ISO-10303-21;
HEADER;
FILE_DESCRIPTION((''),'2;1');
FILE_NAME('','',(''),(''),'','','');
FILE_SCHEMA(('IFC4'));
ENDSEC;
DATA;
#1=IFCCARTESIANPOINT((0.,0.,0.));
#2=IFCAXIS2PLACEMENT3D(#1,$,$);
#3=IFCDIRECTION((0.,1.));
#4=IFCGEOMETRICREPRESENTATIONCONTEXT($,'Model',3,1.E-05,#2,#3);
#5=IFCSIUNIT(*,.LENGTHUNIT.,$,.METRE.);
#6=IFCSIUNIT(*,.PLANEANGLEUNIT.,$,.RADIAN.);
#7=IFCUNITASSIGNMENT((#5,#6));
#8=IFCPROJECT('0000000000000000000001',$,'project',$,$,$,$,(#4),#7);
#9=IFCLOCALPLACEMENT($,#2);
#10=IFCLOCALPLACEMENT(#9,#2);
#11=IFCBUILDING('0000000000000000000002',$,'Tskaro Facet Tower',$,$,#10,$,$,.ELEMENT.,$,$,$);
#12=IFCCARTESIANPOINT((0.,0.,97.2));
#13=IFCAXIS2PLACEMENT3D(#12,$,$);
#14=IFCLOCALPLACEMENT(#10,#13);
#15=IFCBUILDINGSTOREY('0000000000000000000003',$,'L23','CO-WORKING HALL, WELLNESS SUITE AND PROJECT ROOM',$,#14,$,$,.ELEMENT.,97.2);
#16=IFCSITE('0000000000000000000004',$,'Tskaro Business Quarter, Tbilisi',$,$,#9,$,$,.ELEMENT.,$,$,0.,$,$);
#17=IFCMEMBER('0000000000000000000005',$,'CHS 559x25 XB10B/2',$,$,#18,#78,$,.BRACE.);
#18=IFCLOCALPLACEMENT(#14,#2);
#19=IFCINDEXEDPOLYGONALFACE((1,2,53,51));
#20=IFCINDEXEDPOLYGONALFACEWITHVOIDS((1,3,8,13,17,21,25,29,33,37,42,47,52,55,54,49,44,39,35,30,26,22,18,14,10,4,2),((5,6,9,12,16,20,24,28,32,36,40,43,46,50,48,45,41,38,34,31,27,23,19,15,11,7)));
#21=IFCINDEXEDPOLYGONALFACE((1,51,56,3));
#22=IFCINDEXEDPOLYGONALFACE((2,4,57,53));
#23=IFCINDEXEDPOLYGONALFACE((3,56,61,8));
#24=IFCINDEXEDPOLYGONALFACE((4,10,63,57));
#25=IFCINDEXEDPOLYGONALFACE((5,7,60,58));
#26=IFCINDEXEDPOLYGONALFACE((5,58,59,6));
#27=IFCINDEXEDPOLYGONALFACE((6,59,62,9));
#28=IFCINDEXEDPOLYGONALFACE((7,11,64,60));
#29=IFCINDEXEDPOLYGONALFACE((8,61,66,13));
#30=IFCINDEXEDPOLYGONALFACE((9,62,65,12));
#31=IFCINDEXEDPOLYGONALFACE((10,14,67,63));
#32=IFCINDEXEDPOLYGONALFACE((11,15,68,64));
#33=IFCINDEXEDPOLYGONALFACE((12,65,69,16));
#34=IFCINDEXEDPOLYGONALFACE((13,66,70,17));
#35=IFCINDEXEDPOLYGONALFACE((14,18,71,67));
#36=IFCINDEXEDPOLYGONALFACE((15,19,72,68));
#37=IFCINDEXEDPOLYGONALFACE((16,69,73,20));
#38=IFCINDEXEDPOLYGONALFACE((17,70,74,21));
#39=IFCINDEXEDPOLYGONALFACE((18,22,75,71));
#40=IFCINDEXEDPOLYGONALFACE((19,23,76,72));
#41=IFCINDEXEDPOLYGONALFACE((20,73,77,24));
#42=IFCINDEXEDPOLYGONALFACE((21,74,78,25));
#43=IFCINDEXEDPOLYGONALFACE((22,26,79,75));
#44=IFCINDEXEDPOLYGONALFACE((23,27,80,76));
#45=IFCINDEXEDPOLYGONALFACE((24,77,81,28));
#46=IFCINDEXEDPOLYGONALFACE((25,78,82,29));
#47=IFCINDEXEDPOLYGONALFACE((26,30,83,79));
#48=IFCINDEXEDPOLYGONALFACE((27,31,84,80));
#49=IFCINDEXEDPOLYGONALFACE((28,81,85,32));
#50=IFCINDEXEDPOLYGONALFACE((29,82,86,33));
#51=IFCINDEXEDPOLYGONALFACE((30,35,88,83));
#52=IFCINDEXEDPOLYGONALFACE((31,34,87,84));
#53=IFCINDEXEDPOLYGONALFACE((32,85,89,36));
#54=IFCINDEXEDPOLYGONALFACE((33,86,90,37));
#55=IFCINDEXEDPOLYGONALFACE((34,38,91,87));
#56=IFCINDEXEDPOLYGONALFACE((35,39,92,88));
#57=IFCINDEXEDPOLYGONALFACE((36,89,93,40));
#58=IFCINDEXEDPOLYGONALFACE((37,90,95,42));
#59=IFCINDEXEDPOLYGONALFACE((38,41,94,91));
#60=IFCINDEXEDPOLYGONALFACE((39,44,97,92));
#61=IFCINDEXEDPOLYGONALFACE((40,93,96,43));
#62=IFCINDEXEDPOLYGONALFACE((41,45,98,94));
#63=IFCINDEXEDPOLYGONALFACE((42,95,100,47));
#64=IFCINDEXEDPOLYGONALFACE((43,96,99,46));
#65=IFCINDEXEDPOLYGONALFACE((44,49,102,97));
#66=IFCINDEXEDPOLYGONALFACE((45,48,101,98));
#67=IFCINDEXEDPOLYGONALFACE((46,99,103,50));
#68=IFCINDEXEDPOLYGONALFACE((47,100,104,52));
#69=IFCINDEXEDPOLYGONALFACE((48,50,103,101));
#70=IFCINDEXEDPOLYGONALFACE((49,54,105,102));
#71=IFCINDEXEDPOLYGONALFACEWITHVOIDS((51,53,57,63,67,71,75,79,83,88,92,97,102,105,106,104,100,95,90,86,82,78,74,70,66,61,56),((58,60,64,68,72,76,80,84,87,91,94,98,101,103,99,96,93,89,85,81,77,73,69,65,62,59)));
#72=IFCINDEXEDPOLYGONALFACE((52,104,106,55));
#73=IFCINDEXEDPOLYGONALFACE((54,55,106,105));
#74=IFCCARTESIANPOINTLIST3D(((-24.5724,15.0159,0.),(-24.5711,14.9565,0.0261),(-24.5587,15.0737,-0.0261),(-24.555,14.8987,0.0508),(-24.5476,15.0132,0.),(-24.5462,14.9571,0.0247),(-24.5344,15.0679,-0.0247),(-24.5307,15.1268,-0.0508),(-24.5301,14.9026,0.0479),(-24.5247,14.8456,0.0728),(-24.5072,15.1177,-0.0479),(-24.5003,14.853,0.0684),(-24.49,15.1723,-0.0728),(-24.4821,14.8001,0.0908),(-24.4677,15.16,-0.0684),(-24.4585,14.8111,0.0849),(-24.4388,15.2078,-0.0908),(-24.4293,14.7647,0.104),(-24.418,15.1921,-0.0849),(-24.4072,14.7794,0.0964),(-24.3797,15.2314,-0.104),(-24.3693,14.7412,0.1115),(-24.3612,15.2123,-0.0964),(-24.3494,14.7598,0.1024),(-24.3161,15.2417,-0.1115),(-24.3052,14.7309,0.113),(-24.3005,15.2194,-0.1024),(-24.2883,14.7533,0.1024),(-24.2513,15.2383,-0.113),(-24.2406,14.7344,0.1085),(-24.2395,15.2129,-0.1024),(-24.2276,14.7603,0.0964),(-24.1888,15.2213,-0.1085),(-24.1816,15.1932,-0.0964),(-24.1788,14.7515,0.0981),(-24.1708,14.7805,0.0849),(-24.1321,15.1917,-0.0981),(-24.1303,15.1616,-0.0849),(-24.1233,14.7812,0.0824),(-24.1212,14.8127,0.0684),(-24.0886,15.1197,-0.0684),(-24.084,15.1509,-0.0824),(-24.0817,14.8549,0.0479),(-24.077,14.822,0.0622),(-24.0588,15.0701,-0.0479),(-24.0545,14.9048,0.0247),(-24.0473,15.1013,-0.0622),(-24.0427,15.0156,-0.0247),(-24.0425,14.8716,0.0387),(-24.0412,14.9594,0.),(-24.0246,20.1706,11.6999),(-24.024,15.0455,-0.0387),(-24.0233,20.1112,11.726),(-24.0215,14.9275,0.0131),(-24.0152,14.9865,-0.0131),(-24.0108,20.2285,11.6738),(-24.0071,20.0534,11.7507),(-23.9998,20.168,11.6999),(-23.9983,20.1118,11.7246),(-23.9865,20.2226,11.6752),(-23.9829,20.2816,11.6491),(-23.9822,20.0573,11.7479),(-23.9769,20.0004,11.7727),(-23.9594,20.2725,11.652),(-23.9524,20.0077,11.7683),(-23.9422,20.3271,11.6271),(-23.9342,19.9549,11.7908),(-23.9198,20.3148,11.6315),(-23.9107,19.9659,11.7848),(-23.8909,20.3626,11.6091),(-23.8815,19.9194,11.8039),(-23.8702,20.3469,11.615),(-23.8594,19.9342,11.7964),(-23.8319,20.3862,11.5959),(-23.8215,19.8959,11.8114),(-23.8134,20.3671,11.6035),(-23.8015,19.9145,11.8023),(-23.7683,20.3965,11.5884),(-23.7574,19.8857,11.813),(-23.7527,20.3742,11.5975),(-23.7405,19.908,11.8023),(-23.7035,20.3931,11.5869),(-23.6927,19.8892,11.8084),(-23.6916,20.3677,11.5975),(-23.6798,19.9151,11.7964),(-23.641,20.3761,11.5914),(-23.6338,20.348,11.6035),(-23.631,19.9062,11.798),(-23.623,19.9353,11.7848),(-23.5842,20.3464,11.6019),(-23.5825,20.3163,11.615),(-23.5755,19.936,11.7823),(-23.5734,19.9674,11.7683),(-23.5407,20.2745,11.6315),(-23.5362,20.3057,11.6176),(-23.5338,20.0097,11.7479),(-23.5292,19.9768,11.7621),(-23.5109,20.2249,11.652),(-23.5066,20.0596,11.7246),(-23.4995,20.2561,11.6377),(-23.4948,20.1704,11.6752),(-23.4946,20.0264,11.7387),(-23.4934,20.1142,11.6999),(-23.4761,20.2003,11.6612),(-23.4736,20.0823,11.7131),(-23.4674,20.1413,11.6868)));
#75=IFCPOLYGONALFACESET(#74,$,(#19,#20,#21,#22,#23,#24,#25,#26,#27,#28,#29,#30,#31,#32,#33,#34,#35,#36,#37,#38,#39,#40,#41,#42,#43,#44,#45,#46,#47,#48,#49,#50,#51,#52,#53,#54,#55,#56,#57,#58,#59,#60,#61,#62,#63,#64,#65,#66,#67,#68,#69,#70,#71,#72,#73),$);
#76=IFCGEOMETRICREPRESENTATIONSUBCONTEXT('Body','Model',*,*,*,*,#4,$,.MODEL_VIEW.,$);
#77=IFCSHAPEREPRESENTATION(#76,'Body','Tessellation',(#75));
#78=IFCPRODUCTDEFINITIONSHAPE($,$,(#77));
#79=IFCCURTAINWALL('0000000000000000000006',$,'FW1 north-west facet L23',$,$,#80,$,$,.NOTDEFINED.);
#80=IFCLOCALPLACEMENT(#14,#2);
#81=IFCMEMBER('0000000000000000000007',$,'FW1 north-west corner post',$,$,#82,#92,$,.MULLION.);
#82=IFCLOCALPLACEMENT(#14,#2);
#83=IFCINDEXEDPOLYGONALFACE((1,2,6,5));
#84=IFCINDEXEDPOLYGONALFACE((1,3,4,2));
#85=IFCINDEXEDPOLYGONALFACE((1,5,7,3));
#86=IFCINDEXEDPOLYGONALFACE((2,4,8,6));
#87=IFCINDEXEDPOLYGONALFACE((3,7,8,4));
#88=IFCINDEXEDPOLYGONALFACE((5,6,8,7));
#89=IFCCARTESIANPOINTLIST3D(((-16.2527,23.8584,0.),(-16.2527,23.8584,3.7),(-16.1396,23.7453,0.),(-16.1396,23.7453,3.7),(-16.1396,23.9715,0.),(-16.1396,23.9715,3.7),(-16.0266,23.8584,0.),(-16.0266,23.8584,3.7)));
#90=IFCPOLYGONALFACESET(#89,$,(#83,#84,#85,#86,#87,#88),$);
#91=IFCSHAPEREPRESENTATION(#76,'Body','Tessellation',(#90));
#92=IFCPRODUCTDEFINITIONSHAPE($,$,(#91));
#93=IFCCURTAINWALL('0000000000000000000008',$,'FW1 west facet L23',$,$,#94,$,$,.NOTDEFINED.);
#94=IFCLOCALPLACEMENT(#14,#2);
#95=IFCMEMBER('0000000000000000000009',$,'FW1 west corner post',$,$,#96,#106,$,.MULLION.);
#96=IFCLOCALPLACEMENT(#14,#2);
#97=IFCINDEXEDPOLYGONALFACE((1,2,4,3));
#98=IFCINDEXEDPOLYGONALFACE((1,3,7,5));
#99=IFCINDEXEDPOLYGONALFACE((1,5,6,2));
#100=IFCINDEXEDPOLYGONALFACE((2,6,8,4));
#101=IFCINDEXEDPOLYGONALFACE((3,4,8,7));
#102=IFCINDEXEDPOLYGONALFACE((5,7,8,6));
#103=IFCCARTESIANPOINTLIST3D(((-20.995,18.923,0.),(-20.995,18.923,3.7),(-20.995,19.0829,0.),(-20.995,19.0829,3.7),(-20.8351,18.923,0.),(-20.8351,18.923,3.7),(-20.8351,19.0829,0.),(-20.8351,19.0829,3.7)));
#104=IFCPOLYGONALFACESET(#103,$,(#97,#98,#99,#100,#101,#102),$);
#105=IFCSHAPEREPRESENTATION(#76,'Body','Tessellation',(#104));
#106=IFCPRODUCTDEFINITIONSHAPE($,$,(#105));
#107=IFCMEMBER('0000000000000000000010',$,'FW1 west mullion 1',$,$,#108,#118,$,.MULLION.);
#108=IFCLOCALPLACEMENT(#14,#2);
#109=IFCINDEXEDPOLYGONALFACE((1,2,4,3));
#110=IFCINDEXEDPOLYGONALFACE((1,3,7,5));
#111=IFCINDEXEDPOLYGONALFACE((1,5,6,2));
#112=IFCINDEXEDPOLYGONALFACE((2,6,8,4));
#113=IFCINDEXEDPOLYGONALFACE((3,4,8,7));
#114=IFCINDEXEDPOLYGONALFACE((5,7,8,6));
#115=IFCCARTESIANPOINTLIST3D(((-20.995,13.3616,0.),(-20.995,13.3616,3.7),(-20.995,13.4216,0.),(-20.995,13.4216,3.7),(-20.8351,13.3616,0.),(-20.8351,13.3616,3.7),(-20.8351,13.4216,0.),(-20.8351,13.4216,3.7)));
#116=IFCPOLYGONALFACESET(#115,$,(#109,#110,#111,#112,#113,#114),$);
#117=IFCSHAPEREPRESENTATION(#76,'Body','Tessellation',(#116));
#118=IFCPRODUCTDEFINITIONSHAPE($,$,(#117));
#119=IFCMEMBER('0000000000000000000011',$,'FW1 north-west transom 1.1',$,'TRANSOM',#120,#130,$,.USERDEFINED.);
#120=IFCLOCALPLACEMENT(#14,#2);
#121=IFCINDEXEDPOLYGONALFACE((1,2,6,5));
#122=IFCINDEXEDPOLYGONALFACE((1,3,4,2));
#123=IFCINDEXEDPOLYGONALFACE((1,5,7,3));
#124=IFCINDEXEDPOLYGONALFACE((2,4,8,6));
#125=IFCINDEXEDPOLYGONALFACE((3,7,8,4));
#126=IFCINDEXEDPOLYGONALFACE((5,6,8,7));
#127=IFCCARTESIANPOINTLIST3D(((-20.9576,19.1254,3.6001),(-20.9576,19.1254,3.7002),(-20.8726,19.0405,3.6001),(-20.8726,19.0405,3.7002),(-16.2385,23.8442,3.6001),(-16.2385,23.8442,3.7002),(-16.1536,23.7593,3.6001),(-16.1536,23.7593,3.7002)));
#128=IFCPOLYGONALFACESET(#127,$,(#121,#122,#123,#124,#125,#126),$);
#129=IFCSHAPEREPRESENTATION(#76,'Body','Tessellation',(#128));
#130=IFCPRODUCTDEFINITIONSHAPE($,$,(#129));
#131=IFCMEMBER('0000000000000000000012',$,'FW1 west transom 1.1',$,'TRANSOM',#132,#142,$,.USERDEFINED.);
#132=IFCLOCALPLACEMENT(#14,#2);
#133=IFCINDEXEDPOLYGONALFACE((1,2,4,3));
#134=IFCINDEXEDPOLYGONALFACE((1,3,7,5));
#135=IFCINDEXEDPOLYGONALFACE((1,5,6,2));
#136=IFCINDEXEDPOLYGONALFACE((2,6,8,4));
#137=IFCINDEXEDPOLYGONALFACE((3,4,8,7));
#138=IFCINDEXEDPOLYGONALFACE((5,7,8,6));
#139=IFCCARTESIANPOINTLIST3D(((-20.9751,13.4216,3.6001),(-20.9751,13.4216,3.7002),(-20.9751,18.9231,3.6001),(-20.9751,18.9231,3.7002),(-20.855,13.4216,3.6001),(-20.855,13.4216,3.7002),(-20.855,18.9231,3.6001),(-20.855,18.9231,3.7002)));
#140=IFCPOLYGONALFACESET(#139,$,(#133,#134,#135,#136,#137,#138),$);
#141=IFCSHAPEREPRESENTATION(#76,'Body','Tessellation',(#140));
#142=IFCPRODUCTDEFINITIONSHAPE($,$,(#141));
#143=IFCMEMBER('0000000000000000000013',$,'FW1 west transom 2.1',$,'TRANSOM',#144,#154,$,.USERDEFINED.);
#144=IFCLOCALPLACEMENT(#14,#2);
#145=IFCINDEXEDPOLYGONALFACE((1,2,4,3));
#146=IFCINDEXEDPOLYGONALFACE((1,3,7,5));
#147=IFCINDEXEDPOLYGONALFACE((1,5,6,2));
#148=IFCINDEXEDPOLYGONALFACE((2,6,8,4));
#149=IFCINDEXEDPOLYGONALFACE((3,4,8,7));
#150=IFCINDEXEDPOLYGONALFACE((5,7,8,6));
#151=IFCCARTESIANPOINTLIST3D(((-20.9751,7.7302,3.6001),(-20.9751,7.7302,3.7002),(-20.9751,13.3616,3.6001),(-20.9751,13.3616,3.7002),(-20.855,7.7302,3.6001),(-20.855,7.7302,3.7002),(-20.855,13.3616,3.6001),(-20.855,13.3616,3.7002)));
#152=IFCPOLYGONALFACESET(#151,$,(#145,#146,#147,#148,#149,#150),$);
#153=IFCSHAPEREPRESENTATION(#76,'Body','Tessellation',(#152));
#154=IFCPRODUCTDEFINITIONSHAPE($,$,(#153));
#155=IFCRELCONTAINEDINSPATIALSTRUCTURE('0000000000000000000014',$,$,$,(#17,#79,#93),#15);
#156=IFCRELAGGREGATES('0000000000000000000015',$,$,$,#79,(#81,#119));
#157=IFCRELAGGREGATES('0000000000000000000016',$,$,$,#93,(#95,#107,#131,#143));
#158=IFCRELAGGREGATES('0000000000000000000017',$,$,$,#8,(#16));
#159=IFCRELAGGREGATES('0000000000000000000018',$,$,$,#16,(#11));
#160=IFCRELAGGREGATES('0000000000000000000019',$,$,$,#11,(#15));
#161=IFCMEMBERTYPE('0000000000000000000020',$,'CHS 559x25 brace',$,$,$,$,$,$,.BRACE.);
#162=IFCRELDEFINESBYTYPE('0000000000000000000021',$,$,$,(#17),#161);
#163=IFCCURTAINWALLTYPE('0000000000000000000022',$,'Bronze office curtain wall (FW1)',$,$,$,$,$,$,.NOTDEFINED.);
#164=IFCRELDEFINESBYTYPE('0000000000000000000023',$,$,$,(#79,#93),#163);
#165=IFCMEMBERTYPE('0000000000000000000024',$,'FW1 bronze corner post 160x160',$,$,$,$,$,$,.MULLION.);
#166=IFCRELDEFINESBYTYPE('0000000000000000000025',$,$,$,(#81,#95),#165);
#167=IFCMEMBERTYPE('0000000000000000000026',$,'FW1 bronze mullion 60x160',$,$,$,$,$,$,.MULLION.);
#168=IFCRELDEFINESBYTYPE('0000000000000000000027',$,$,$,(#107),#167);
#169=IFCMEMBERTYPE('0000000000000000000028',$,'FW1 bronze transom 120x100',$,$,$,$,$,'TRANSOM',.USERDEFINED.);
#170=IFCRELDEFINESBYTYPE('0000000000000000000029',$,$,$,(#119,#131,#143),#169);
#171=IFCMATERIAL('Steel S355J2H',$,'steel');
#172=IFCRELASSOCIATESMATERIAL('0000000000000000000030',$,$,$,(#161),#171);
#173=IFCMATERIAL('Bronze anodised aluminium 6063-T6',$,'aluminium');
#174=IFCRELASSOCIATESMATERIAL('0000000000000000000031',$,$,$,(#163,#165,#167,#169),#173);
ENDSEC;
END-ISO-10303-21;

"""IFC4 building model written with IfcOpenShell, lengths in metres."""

from ifc_helpers import new_model, si_unit, direction, frame, origin, origin_2d, place, context, subcontext, project, spatial, rectangle, hollow_circle, extrude, material, material_profile, profile_set, type_object, element, aggregate, save


model = new_model("IFC4")

# Units and contexts
model_context = context("Model", 3, precision=1e-05, world=origin(), true_north=direction((0.0, 1.0)))
body_context = subcontext(model_context, "Body", "Model", "MODEL_VIEW")
ifc_project = project(units=[si_unit("LENGTHUNIT", "METRE"), si_unit("PLANEANGLEUNIT", "RADIAN")], contexts=[model_context])

# Site, building, storey
site_placement = place(None, origin())
site = spatial("IfcSite", under=ifc_project, at=site_placement, Name="Tskaro Business Quarter, Tbilisi", CompositionType="ELEMENT", RefElevation=0.0)
building_placement = place(site_placement, origin())
building = spatial("IfcBuilding", under=site, at=building_placement, Name="Tskaro Facet Tower", CompositionType="ELEMENT")
storey_placement = place(building_placement, frame((0.0, 0.0, 97.2)))
storey = spatial("IfcBuildingStorey", under=building, at=storey_placement, Name="L23", Description="CO-WORKING HALL, WELLNESS SUITE AND PROJECT ROOM", CompositionType="ELEMENT", Elevation=97.2)

# Shared definitions
ifc_material_1 = material(Name="Steel S355J2H", Category="steel")

# Member
ifc_material_profile_1 = material_profile(ifc_material_1, hollow_circle(Radius=0.2795, WallThickness=0.0249, at=origin_2d()), Name="CHS 559x25")
ifc_profile_set_1 = profile_set([ifc_material_profile_1], Name="Steel S355J2H")
member_type_1 = type_object("IfcMemberType", Name="CHS 559x25 brace", PredefinedType="BRACE", material=ifc_profile_set_1)
member_1_placement = place(storey_placement, frame((-24.2944, 14.9863, 0.0), z_axis=(0.042811, 0.402815, 0.91428), x_axis=(-0.9944, 0.105685, 0.0)))
element("IfcMember", 1, at=member_1_placement, inside=storey, type_object=member_type_1, Name="CHS 559x25 XB10B/2", PredefinedType="BRACE", context=body_context, shape_type="SweptSolid", body=[
    extrude(hollow_circle(Radius=0.2795, WallThickness=0.0249, at=origin_2d()), origin(), (0.0, 0.0, 1.0), 12.7969),
])

# Curtain wall, member
ifc_material_2 = material(Name="Bronze anodised aluminium 6063-T6", Category="aluminium")
curtain_wall_type = type_object("IfcCurtainWallType", Name="Bronze office curtain wall (FW1)", PredefinedType="NOTDEFINED", material=ifc_material_2)
curtain_wall_1_placement = place(storey_placement, origin())
curtain_wall_1 = element("IfcCurtainWall", 2, at=curtain_wall_1_placement, inside=storey, type_object=curtain_wall_type, Name="FW1 north-west facet L23", PredefinedType="NOTDEFINED")
ifc_material_profile_2 = material_profile(ifc_material_2, rectangle(XDim=0.1599, YDim=0.1599, at=origin_2d()), Name="Corner post 160x160")
ifc_profile_set_2 = profile_set([ifc_material_profile_2], Name="Bronze anodised aluminium 6063-T6")
member_type_2 = type_object("IfcMemberType", Name="FW1 bronze corner post 160x160", PredefinedType="MULLION", material=ifc_profile_set_2)
member_2_placement = place(storey_placement, frame((-16.1396, 23.8584, 0.0), z_axis=(0.0, 0.0, 1.0), x_axis=(-0.707107, -0.707107, 0.0)))
member_2 = element("IfcMember", 3, at=member_2_placement, type_object=member_type_2, Name="FW1 north-west corner post", PredefinedType="MULLION", context=body_context, shape_type="SweptSolid", body=[
    extrude(rectangle(XDim=0.1599, YDim=0.1599, at=origin_2d()), origin(), (0.0, 0.0, 1.0), 3.7),
])

# Curtain wall, members
curtain_wall_2_placement = place(storey_placement, origin())
curtain_wall_2 = element("IfcCurtainWall", 4, at=curtain_wall_2_placement, inside=storey, type_object=curtain_wall_type, Name="FW1 west facet L23", PredefinedType="NOTDEFINED")
member_3_placement = place(storey_placement, frame((-20.915, 19.0029, 0.0), z_axis=(0.0, 0.0, 1.0), x_axis=(0.0, -1.0, 0.0)))
member_3 = element("IfcMember", 5, at=member_3_placement, type_object=member_type_2, Name="FW1 west corner post", PredefinedType="MULLION", context=body_context, shape_type="SweptSolid", body=[
    extrude(rectangle(XDim=0.1599, YDim=0.1599, at=origin_2d()), origin(), (0.0, 0.0, 1.0), 3.7),
])
ifc_material_profile_3 = material_profile(ifc_material_2, rectangle(XDim=0.0601, YDim=0.1599, at=origin_2d()), Name="Mullion 60x160")
ifc_profile_set_3 = profile_set([ifc_material_profile_3], Name="Bronze anodised aluminium 6063-T6")
member_type_3 = type_object("IfcMemberType", Name="FW1 bronze mullion 60x160", PredefinedType="MULLION", material=ifc_profile_set_3)
member_4_placement = place(storey_placement, frame((-20.915, 13.3916, 0.0), z_axis=(0.0, 0.0, 1.0), x_axis=(0.0, -1.0, 0.0)))
member_4 = element("IfcMember", 6, at=member_4_placement, type_object=member_type_3, Name="FW1 west mullion 1", PredefinedType="MULLION", context=body_context, shape_type="SweptSolid", body=[
    extrude(rectangle(XDim=0.0601, YDim=0.1599, at=origin_2d()), origin(), (0.0, 0.0, 1.0), 3.7),
])

# Members
ifc_material_profile_4 = material_profile(ifc_material_2, rectangle(XDim=0.1201, YDim=0.1001, at=origin_2d()), Name="Transom 120x100")
ifc_profile_set_4 = profile_set([ifc_material_profile_4], Name="Bronze anodised aluminium 6063-T6")
member_type_4 = type_object("IfcMemberType", Name="FW1 bronze transom 120x100", ElementType="TRANSOM", PredefinedType="USERDEFINED", material=ifc_profile_set_4)
member_5_placement = place(storey_placement, frame((-16.196, 23.8018, 3.6501), z_axis=(-0.707125, -0.707088, 0.0), x_axis=(0.707088, -0.707125, 0.0)))
member_5 = element("IfcMember", 7, at=member_5_placement, type_object=member_type_4, Name="FW1 north-west transom 1.1", ObjectType="TRANSOM", PredefinedType="USERDEFINED", context=body_context, shape_type="SweptSolid", body=[
    extrude(rectangle(XDim=0.1201, YDim=0.1001, at=origin_2d()), origin(), (0.0, 0.0, 1.0), 6.6736),
])
member_6_placement = place(storey_placement, frame((-20.915, 18.9231, 3.6501), z_axis=(0.0, -1.0, 0.0), x_axis=(1.0, 0.0, 0.0)))
member_6 = element("IfcMember", 8, at=member_6_placement, type_object=member_type_4, Name="FW1 west transom 1.1", ObjectType="TRANSOM", PredefinedType="USERDEFINED", context=body_context, shape_type="SweptSolid", body=[
    extrude(rectangle(XDim=0.1201, YDim=0.1001, at=origin_2d()), origin(), (0.0, 0.0, 1.0), 5.5015),
])
member_7_placement = place(storey_placement, frame((-20.915, 13.3616, 3.6501), z_axis=(0.0, -1.0, 0.0), x_axis=(1.0, 0.0, 0.0)))
member_7 = element("IfcMember", 9, at=member_7_placement, type_object=member_type_4, Name="FW1 west transom 2.1", ObjectType="TRANSOM", PredefinedType="USERDEFINED", context=body_context, shape_type="SweptSolid", body=[
    extrude(rectangle(XDim=0.1201, YDim=0.1001, at=origin_2d()), origin(), (0.0, 0.0, 1.0), 5.6313),
])

aggregate(curtain_wall_1, [member_2, member_5])
aggregate(curtain_wall_2, [member_3, member_4, member_6, member_7])

save(model, "model.ifc")
